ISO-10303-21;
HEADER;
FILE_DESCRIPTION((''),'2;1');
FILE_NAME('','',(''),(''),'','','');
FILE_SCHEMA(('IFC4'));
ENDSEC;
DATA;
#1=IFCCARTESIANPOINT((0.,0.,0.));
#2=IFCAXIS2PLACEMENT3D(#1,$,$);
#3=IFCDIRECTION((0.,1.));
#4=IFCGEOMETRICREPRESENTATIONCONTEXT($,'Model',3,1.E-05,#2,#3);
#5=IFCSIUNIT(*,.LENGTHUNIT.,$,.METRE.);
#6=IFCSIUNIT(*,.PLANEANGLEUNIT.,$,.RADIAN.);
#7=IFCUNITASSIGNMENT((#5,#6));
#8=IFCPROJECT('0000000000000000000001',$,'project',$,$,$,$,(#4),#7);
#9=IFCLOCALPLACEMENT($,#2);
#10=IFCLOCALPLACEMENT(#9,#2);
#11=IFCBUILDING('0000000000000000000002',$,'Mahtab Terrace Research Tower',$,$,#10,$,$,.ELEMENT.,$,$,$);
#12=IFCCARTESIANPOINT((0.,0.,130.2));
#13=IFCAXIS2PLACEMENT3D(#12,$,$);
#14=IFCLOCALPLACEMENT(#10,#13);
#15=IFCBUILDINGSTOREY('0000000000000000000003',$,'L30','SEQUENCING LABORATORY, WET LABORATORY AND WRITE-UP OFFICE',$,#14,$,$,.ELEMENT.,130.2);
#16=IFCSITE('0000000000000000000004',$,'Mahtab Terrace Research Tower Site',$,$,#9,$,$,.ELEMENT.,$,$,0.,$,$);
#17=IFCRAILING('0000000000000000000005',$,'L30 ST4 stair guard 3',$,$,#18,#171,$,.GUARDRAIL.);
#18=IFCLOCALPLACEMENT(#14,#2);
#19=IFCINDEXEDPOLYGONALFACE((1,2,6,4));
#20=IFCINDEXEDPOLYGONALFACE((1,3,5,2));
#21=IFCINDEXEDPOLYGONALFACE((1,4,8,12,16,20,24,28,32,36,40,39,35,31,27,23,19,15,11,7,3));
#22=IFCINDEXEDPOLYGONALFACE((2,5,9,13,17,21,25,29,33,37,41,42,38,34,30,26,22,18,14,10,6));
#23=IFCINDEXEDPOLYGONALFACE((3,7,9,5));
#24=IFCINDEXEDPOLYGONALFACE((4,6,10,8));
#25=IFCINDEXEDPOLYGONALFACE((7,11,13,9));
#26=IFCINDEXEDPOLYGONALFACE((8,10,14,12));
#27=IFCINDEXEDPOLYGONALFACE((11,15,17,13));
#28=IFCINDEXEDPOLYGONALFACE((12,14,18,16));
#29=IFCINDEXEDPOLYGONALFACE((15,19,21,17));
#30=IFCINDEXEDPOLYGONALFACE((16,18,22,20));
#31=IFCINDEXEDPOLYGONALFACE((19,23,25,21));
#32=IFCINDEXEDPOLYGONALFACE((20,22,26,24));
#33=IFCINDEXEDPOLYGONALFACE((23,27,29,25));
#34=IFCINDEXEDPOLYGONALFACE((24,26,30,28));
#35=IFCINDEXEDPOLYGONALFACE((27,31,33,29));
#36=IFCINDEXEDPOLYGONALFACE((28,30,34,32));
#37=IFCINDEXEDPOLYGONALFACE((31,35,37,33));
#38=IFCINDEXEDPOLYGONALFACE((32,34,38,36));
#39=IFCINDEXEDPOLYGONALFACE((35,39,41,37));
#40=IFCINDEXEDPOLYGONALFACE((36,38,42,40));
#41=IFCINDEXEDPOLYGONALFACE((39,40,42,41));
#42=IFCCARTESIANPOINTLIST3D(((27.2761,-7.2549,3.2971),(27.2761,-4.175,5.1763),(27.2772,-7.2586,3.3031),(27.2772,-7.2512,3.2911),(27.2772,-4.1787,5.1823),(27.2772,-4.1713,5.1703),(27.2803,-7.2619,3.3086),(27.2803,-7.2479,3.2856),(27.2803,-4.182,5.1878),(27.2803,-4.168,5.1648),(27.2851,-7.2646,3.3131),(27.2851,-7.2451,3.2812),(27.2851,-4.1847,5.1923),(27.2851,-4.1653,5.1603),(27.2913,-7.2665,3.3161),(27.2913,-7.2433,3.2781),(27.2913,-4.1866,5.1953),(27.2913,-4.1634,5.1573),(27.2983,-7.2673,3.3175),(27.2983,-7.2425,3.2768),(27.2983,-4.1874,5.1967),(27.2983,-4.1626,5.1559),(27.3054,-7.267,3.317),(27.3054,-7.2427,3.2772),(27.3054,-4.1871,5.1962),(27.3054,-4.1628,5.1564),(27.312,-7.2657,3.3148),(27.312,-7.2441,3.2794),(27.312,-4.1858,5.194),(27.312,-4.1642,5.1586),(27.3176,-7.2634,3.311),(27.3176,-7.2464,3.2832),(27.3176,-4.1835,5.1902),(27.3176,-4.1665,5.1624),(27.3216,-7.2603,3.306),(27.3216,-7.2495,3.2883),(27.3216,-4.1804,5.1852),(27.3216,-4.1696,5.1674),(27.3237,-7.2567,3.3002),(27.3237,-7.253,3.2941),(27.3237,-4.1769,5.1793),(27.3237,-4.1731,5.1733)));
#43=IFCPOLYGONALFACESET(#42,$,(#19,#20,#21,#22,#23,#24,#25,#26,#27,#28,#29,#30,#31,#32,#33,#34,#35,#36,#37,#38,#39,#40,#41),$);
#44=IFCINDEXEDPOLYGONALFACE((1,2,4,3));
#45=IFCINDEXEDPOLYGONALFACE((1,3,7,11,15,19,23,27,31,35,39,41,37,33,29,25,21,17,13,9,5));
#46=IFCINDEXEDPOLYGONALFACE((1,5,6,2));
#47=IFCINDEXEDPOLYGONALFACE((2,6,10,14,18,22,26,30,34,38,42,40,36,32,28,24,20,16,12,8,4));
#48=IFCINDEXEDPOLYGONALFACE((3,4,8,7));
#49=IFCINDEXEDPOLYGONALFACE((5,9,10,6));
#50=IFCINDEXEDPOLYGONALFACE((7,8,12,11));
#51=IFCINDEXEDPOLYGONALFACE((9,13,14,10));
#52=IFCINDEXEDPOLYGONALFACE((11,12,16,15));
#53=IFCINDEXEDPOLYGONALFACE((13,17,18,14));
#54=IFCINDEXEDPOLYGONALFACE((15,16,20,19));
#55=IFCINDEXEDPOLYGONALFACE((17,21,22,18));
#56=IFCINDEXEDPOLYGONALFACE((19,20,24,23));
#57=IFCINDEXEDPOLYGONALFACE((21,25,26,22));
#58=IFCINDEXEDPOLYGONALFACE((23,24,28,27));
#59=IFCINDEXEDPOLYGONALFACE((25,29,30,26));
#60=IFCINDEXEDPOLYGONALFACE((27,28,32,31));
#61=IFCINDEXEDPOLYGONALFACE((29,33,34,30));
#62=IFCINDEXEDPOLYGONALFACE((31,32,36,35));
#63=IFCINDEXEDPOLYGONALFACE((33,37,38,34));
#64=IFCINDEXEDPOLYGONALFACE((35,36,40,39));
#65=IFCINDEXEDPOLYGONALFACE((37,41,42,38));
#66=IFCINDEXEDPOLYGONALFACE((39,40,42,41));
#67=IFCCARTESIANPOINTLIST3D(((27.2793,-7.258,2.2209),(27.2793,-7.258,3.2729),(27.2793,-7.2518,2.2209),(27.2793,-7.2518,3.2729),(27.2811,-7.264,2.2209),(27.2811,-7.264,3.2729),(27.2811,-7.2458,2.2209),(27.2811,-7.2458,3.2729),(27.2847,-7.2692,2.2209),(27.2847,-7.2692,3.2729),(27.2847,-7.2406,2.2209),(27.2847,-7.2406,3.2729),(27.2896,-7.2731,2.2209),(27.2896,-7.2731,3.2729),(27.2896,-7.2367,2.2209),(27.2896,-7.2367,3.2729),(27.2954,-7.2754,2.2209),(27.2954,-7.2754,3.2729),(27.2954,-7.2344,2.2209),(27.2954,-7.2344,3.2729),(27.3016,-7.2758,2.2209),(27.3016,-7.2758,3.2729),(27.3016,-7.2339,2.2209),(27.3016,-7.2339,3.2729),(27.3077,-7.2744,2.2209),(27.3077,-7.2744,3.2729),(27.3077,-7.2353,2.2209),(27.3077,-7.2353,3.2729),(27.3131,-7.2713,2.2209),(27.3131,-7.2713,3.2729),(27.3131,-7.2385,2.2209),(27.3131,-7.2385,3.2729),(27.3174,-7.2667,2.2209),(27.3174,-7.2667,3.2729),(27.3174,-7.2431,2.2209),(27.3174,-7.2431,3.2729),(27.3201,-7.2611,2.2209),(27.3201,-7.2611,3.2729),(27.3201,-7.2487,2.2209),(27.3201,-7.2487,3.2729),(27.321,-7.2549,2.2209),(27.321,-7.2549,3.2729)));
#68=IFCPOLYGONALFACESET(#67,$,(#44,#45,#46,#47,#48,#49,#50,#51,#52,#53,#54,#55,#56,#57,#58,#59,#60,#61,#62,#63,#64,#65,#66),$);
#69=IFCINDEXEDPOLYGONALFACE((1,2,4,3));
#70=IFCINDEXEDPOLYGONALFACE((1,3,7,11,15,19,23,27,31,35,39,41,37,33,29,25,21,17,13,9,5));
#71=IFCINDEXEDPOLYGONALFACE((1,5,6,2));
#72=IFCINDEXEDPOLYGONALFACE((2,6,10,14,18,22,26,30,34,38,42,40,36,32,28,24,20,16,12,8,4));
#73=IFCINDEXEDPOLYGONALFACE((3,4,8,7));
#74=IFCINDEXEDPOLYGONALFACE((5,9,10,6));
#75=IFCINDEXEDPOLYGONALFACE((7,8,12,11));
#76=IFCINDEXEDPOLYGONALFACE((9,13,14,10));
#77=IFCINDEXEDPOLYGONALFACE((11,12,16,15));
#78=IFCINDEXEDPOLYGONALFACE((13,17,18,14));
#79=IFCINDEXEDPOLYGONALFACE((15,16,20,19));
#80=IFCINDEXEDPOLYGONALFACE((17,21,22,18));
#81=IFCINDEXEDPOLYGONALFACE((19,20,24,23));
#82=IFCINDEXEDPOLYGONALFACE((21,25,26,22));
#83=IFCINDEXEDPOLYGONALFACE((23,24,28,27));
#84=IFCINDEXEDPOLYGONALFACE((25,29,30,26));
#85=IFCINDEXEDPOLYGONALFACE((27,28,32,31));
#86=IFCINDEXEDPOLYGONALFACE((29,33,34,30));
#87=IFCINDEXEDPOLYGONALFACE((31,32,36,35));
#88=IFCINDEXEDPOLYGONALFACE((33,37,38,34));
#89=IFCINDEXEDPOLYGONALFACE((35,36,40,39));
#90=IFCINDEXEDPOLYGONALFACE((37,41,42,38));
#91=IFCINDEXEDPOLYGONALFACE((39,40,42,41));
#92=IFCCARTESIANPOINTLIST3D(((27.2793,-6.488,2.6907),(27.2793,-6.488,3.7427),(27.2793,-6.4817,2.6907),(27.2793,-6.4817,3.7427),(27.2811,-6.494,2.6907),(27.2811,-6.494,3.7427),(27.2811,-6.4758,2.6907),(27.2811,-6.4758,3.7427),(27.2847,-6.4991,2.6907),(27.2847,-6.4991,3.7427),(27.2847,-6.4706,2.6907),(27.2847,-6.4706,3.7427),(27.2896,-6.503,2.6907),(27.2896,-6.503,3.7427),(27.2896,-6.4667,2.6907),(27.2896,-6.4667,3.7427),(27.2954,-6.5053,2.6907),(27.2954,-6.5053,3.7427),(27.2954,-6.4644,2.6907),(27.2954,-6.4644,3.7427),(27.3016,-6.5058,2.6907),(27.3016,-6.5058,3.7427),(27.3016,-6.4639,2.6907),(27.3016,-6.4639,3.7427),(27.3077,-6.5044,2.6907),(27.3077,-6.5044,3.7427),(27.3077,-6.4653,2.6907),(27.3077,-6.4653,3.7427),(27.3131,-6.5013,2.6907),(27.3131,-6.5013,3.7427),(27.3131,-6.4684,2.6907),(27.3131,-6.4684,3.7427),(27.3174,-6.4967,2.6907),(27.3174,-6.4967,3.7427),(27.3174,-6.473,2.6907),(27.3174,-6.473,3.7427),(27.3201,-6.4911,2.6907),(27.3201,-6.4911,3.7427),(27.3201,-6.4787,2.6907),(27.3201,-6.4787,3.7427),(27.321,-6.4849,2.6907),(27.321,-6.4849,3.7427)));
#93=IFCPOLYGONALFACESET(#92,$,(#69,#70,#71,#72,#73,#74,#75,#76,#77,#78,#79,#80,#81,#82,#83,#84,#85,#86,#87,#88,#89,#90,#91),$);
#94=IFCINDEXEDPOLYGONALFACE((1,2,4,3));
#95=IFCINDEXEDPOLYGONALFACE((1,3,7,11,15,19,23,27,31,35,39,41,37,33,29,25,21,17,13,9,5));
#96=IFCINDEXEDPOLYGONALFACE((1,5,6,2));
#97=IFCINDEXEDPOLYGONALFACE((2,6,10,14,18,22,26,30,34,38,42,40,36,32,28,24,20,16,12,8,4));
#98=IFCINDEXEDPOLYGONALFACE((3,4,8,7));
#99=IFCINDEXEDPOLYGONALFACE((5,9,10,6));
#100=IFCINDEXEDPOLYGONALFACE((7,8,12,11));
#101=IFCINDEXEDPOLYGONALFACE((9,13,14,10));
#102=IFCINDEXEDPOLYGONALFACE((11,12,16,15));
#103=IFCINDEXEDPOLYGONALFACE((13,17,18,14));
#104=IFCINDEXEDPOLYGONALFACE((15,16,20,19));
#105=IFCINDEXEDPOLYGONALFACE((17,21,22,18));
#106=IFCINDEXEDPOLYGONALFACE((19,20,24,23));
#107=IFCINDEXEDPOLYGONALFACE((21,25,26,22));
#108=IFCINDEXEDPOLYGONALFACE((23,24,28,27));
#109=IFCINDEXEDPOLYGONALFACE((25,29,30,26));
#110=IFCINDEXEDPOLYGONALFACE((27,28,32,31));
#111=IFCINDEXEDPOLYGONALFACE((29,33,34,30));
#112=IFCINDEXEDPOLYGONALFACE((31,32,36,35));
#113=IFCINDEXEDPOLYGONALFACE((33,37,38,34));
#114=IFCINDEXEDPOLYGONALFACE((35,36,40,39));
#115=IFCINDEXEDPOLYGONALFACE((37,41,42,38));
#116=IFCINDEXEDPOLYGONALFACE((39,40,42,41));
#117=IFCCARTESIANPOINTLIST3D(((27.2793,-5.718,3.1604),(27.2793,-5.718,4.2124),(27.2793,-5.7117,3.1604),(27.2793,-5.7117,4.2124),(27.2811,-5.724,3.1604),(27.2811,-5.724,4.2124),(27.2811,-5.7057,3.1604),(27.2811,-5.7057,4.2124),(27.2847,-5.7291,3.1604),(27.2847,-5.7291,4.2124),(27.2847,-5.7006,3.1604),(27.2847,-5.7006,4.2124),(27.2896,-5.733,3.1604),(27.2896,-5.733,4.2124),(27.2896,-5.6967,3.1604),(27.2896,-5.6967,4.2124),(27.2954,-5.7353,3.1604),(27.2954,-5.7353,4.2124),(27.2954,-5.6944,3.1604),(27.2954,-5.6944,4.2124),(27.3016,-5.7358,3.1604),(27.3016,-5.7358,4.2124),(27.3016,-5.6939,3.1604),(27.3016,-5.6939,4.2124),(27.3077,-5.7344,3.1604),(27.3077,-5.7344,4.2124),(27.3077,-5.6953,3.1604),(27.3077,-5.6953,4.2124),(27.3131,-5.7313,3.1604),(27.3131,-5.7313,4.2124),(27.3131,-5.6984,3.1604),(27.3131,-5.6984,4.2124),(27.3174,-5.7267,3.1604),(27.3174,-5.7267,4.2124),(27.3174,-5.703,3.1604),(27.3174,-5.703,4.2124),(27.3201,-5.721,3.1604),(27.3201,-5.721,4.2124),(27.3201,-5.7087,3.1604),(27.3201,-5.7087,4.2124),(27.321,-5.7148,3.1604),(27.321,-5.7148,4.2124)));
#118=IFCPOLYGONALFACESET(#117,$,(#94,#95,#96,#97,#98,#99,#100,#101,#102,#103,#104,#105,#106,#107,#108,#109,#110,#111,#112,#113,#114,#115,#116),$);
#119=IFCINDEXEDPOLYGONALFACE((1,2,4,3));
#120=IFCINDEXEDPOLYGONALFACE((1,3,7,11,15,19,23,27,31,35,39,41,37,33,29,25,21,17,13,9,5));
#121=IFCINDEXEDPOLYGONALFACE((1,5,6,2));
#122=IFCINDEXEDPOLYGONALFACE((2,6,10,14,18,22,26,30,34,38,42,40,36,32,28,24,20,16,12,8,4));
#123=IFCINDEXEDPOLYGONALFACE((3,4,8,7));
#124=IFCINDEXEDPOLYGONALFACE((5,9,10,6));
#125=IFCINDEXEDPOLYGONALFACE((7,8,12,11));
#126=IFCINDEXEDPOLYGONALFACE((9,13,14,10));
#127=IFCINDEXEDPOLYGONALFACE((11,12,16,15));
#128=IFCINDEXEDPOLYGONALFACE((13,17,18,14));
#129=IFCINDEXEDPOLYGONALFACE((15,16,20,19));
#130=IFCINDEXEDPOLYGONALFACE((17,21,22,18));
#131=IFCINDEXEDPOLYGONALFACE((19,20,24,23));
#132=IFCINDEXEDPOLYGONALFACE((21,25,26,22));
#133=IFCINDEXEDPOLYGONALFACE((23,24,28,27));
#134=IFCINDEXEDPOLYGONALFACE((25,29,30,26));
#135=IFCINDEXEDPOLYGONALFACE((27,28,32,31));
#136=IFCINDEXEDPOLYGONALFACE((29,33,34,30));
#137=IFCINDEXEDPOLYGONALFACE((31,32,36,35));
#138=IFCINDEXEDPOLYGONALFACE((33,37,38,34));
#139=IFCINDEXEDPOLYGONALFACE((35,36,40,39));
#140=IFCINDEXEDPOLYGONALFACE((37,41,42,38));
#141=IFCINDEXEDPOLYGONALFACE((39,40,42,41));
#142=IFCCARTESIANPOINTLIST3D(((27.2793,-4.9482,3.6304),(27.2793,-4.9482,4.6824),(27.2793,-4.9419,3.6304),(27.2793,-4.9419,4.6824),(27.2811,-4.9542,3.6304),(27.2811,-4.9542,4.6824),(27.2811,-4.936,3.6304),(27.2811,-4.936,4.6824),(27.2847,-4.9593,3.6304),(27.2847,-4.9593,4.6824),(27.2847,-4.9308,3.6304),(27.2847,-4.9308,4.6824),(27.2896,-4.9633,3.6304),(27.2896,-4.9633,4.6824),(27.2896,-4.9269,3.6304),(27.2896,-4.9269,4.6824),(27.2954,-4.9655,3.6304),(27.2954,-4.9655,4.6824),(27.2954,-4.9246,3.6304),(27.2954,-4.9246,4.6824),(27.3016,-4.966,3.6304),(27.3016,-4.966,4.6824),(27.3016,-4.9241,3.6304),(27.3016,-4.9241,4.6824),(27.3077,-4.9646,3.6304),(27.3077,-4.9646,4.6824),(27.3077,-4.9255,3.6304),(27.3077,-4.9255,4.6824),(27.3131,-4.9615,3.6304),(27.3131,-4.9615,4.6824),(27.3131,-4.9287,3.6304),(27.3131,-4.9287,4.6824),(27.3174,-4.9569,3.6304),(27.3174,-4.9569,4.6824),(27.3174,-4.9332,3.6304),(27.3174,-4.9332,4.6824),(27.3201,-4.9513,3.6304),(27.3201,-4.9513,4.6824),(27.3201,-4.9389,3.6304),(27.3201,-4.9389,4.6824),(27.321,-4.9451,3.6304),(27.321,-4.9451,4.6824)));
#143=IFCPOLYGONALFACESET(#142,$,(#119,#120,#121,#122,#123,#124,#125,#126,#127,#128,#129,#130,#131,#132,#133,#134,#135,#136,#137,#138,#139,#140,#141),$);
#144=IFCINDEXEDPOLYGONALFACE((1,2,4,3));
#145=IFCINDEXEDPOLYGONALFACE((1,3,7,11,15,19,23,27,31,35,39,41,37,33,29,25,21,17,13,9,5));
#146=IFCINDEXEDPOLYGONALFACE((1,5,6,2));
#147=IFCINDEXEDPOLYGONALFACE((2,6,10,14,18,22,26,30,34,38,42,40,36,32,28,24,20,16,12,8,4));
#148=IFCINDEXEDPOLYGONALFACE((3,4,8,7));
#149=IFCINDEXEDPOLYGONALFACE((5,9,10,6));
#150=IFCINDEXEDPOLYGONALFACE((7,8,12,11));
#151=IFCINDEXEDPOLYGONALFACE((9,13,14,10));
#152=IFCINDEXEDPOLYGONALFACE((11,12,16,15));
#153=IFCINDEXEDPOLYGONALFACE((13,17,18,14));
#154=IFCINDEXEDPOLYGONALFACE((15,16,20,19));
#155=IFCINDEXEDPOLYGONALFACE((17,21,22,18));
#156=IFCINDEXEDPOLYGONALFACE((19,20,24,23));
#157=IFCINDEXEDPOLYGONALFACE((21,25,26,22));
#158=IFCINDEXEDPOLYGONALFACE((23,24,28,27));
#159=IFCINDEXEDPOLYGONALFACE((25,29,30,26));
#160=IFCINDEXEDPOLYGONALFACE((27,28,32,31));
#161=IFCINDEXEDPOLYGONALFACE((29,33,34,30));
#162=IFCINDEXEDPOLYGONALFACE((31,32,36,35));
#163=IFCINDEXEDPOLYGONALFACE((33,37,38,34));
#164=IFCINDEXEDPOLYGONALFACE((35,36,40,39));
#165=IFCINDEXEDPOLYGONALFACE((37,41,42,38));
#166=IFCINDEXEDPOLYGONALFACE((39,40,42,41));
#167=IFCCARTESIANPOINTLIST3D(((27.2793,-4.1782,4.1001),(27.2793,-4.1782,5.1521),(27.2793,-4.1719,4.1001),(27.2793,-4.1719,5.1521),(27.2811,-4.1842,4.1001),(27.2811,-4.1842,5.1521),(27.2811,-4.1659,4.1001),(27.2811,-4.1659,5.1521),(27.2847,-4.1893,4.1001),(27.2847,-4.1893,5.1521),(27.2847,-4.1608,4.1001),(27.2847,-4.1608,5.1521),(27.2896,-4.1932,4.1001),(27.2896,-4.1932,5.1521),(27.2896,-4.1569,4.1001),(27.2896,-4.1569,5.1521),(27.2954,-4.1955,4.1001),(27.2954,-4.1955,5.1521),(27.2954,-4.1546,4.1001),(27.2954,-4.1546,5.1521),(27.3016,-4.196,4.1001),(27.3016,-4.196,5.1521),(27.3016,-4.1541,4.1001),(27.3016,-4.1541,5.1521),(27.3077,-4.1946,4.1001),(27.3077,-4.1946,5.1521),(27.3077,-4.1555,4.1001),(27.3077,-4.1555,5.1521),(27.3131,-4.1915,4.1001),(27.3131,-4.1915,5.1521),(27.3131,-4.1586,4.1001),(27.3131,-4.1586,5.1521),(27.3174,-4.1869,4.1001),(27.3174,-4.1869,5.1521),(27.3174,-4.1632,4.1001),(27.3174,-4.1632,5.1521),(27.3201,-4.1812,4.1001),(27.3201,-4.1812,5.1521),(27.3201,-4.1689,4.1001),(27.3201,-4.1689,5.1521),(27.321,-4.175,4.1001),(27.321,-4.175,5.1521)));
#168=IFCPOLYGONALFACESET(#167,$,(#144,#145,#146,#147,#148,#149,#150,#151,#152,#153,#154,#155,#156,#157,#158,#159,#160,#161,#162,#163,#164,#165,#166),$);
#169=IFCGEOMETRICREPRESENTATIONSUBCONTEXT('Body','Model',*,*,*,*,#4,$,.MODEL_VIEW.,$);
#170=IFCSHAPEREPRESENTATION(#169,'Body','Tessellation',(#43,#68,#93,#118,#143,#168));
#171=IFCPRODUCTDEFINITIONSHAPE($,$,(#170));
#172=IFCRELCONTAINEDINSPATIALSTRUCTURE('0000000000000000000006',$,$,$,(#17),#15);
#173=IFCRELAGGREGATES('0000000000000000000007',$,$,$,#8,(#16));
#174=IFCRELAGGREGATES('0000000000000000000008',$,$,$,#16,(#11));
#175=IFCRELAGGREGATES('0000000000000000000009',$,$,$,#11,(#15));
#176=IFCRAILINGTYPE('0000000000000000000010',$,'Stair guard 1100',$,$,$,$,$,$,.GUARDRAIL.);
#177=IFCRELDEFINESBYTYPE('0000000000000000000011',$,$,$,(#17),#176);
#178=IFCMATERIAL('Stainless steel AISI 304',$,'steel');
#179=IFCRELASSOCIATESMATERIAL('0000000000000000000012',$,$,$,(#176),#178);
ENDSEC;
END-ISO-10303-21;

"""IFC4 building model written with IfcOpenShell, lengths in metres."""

from ifc_helpers import new_model, si_unit, direction, frame, origin, origin_2d, place, context, subcontext, project, spatial, circle, extrude, material, type_object, element, save


model = new_model("IFC4")

# Units and contexts
model_context = context("Model", 3, precision=1e-05, world=origin(), true_north=direction((0.0, 1.0)))
body_context = subcontext(model_context, "Body", "Model", "MODEL_VIEW")
ifc_project = project(units=[si_unit("LENGTHUNIT", "METRE"), si_unit("PLANEANGLEUNIT", "RADIAN")], contexts=[model_context])

# Site, building, storey
site_placement = place(None, origin())
site = spatial("IfcSite", under=ifc_project, at=site_placement, Name="Mahtab Terrace Research Tower Site", CompositionType="ELEMENT", RefElevation=0.0)
building_placement = place(site_placement, origin())
building = spatial("IfcBuilding", under=site, at=building_placement, Name="Mahtab Terrace Research Tower", CompositionType="ELEMENT")
storey_placement = place(building_placement, frame((0.0, 0.0, 130.2)))
storey = spatial("IfcBuildingStorey", under=building, at=storey_placement, Name="L30", Description="SEQUENCING LABORATORY, WET LABORATORY AND WRITE-UP OFFICE", CompositionType="ELEMENT", Elevation=130.2)

# Railing
ifc_material_1 = material(Name="Stainless steel AISI 304", Category="steel")
railing_type_1 = type_object("IfcRailingType", Name="Stair guard 1100", PredefinedType="GUARDRAIL", material=ifc_material_1)
railing_1_placement = place(storey_placement, frame((27.3, -7.2549, 2.2209)))
element("IfcRailing", 1, at=railing_1_placement, inside=storey, type_object=railing_type_1, Name="L30 ST4 stair guard 3", PredefinedType="GUARDRAIL", context=body_context, shape_type="SweptSolid", body=[
    extrude(circle(Radius=0.0239, at=origin_2d()), frame((0.0, 0.0, 1.0762), z_axis=(0.0, 0.853648, 0.52085), x_axis=(-1.0, 0.0, 0.0)), (0.0, 0.0, 1.0), 3.6079),
    extrude(circle(Radius=0.021, at=origin_2d()), origin(), (0.0, 0.0, 1.0), 1.052),
    extrude(circle(Radius=0.021, at=origin_2d()), frame((0.0, 0.77, 0.4697)), (0.0, 0.0, 1.0), 1.052),
    extrude(circle(Radius=0.021, at=origin_2d()), frame((0.0, 1.54, 0.9395)), (0.0, 0.0, 1.0), 1.052),
    extrude(circle(Radius=0.021, at=origin_2d()), frame((0.0, 2.3098, 1.4094)), (0.0, 0.0, 1.0), 1.052),
    extrude(circle(Radius=0.021, at=origin_2d()), frame((0.0, 3.0798, 1.8792)), (0.0, 0.0, 1.0), 1.052),
])

save(model, "model.ifc")
